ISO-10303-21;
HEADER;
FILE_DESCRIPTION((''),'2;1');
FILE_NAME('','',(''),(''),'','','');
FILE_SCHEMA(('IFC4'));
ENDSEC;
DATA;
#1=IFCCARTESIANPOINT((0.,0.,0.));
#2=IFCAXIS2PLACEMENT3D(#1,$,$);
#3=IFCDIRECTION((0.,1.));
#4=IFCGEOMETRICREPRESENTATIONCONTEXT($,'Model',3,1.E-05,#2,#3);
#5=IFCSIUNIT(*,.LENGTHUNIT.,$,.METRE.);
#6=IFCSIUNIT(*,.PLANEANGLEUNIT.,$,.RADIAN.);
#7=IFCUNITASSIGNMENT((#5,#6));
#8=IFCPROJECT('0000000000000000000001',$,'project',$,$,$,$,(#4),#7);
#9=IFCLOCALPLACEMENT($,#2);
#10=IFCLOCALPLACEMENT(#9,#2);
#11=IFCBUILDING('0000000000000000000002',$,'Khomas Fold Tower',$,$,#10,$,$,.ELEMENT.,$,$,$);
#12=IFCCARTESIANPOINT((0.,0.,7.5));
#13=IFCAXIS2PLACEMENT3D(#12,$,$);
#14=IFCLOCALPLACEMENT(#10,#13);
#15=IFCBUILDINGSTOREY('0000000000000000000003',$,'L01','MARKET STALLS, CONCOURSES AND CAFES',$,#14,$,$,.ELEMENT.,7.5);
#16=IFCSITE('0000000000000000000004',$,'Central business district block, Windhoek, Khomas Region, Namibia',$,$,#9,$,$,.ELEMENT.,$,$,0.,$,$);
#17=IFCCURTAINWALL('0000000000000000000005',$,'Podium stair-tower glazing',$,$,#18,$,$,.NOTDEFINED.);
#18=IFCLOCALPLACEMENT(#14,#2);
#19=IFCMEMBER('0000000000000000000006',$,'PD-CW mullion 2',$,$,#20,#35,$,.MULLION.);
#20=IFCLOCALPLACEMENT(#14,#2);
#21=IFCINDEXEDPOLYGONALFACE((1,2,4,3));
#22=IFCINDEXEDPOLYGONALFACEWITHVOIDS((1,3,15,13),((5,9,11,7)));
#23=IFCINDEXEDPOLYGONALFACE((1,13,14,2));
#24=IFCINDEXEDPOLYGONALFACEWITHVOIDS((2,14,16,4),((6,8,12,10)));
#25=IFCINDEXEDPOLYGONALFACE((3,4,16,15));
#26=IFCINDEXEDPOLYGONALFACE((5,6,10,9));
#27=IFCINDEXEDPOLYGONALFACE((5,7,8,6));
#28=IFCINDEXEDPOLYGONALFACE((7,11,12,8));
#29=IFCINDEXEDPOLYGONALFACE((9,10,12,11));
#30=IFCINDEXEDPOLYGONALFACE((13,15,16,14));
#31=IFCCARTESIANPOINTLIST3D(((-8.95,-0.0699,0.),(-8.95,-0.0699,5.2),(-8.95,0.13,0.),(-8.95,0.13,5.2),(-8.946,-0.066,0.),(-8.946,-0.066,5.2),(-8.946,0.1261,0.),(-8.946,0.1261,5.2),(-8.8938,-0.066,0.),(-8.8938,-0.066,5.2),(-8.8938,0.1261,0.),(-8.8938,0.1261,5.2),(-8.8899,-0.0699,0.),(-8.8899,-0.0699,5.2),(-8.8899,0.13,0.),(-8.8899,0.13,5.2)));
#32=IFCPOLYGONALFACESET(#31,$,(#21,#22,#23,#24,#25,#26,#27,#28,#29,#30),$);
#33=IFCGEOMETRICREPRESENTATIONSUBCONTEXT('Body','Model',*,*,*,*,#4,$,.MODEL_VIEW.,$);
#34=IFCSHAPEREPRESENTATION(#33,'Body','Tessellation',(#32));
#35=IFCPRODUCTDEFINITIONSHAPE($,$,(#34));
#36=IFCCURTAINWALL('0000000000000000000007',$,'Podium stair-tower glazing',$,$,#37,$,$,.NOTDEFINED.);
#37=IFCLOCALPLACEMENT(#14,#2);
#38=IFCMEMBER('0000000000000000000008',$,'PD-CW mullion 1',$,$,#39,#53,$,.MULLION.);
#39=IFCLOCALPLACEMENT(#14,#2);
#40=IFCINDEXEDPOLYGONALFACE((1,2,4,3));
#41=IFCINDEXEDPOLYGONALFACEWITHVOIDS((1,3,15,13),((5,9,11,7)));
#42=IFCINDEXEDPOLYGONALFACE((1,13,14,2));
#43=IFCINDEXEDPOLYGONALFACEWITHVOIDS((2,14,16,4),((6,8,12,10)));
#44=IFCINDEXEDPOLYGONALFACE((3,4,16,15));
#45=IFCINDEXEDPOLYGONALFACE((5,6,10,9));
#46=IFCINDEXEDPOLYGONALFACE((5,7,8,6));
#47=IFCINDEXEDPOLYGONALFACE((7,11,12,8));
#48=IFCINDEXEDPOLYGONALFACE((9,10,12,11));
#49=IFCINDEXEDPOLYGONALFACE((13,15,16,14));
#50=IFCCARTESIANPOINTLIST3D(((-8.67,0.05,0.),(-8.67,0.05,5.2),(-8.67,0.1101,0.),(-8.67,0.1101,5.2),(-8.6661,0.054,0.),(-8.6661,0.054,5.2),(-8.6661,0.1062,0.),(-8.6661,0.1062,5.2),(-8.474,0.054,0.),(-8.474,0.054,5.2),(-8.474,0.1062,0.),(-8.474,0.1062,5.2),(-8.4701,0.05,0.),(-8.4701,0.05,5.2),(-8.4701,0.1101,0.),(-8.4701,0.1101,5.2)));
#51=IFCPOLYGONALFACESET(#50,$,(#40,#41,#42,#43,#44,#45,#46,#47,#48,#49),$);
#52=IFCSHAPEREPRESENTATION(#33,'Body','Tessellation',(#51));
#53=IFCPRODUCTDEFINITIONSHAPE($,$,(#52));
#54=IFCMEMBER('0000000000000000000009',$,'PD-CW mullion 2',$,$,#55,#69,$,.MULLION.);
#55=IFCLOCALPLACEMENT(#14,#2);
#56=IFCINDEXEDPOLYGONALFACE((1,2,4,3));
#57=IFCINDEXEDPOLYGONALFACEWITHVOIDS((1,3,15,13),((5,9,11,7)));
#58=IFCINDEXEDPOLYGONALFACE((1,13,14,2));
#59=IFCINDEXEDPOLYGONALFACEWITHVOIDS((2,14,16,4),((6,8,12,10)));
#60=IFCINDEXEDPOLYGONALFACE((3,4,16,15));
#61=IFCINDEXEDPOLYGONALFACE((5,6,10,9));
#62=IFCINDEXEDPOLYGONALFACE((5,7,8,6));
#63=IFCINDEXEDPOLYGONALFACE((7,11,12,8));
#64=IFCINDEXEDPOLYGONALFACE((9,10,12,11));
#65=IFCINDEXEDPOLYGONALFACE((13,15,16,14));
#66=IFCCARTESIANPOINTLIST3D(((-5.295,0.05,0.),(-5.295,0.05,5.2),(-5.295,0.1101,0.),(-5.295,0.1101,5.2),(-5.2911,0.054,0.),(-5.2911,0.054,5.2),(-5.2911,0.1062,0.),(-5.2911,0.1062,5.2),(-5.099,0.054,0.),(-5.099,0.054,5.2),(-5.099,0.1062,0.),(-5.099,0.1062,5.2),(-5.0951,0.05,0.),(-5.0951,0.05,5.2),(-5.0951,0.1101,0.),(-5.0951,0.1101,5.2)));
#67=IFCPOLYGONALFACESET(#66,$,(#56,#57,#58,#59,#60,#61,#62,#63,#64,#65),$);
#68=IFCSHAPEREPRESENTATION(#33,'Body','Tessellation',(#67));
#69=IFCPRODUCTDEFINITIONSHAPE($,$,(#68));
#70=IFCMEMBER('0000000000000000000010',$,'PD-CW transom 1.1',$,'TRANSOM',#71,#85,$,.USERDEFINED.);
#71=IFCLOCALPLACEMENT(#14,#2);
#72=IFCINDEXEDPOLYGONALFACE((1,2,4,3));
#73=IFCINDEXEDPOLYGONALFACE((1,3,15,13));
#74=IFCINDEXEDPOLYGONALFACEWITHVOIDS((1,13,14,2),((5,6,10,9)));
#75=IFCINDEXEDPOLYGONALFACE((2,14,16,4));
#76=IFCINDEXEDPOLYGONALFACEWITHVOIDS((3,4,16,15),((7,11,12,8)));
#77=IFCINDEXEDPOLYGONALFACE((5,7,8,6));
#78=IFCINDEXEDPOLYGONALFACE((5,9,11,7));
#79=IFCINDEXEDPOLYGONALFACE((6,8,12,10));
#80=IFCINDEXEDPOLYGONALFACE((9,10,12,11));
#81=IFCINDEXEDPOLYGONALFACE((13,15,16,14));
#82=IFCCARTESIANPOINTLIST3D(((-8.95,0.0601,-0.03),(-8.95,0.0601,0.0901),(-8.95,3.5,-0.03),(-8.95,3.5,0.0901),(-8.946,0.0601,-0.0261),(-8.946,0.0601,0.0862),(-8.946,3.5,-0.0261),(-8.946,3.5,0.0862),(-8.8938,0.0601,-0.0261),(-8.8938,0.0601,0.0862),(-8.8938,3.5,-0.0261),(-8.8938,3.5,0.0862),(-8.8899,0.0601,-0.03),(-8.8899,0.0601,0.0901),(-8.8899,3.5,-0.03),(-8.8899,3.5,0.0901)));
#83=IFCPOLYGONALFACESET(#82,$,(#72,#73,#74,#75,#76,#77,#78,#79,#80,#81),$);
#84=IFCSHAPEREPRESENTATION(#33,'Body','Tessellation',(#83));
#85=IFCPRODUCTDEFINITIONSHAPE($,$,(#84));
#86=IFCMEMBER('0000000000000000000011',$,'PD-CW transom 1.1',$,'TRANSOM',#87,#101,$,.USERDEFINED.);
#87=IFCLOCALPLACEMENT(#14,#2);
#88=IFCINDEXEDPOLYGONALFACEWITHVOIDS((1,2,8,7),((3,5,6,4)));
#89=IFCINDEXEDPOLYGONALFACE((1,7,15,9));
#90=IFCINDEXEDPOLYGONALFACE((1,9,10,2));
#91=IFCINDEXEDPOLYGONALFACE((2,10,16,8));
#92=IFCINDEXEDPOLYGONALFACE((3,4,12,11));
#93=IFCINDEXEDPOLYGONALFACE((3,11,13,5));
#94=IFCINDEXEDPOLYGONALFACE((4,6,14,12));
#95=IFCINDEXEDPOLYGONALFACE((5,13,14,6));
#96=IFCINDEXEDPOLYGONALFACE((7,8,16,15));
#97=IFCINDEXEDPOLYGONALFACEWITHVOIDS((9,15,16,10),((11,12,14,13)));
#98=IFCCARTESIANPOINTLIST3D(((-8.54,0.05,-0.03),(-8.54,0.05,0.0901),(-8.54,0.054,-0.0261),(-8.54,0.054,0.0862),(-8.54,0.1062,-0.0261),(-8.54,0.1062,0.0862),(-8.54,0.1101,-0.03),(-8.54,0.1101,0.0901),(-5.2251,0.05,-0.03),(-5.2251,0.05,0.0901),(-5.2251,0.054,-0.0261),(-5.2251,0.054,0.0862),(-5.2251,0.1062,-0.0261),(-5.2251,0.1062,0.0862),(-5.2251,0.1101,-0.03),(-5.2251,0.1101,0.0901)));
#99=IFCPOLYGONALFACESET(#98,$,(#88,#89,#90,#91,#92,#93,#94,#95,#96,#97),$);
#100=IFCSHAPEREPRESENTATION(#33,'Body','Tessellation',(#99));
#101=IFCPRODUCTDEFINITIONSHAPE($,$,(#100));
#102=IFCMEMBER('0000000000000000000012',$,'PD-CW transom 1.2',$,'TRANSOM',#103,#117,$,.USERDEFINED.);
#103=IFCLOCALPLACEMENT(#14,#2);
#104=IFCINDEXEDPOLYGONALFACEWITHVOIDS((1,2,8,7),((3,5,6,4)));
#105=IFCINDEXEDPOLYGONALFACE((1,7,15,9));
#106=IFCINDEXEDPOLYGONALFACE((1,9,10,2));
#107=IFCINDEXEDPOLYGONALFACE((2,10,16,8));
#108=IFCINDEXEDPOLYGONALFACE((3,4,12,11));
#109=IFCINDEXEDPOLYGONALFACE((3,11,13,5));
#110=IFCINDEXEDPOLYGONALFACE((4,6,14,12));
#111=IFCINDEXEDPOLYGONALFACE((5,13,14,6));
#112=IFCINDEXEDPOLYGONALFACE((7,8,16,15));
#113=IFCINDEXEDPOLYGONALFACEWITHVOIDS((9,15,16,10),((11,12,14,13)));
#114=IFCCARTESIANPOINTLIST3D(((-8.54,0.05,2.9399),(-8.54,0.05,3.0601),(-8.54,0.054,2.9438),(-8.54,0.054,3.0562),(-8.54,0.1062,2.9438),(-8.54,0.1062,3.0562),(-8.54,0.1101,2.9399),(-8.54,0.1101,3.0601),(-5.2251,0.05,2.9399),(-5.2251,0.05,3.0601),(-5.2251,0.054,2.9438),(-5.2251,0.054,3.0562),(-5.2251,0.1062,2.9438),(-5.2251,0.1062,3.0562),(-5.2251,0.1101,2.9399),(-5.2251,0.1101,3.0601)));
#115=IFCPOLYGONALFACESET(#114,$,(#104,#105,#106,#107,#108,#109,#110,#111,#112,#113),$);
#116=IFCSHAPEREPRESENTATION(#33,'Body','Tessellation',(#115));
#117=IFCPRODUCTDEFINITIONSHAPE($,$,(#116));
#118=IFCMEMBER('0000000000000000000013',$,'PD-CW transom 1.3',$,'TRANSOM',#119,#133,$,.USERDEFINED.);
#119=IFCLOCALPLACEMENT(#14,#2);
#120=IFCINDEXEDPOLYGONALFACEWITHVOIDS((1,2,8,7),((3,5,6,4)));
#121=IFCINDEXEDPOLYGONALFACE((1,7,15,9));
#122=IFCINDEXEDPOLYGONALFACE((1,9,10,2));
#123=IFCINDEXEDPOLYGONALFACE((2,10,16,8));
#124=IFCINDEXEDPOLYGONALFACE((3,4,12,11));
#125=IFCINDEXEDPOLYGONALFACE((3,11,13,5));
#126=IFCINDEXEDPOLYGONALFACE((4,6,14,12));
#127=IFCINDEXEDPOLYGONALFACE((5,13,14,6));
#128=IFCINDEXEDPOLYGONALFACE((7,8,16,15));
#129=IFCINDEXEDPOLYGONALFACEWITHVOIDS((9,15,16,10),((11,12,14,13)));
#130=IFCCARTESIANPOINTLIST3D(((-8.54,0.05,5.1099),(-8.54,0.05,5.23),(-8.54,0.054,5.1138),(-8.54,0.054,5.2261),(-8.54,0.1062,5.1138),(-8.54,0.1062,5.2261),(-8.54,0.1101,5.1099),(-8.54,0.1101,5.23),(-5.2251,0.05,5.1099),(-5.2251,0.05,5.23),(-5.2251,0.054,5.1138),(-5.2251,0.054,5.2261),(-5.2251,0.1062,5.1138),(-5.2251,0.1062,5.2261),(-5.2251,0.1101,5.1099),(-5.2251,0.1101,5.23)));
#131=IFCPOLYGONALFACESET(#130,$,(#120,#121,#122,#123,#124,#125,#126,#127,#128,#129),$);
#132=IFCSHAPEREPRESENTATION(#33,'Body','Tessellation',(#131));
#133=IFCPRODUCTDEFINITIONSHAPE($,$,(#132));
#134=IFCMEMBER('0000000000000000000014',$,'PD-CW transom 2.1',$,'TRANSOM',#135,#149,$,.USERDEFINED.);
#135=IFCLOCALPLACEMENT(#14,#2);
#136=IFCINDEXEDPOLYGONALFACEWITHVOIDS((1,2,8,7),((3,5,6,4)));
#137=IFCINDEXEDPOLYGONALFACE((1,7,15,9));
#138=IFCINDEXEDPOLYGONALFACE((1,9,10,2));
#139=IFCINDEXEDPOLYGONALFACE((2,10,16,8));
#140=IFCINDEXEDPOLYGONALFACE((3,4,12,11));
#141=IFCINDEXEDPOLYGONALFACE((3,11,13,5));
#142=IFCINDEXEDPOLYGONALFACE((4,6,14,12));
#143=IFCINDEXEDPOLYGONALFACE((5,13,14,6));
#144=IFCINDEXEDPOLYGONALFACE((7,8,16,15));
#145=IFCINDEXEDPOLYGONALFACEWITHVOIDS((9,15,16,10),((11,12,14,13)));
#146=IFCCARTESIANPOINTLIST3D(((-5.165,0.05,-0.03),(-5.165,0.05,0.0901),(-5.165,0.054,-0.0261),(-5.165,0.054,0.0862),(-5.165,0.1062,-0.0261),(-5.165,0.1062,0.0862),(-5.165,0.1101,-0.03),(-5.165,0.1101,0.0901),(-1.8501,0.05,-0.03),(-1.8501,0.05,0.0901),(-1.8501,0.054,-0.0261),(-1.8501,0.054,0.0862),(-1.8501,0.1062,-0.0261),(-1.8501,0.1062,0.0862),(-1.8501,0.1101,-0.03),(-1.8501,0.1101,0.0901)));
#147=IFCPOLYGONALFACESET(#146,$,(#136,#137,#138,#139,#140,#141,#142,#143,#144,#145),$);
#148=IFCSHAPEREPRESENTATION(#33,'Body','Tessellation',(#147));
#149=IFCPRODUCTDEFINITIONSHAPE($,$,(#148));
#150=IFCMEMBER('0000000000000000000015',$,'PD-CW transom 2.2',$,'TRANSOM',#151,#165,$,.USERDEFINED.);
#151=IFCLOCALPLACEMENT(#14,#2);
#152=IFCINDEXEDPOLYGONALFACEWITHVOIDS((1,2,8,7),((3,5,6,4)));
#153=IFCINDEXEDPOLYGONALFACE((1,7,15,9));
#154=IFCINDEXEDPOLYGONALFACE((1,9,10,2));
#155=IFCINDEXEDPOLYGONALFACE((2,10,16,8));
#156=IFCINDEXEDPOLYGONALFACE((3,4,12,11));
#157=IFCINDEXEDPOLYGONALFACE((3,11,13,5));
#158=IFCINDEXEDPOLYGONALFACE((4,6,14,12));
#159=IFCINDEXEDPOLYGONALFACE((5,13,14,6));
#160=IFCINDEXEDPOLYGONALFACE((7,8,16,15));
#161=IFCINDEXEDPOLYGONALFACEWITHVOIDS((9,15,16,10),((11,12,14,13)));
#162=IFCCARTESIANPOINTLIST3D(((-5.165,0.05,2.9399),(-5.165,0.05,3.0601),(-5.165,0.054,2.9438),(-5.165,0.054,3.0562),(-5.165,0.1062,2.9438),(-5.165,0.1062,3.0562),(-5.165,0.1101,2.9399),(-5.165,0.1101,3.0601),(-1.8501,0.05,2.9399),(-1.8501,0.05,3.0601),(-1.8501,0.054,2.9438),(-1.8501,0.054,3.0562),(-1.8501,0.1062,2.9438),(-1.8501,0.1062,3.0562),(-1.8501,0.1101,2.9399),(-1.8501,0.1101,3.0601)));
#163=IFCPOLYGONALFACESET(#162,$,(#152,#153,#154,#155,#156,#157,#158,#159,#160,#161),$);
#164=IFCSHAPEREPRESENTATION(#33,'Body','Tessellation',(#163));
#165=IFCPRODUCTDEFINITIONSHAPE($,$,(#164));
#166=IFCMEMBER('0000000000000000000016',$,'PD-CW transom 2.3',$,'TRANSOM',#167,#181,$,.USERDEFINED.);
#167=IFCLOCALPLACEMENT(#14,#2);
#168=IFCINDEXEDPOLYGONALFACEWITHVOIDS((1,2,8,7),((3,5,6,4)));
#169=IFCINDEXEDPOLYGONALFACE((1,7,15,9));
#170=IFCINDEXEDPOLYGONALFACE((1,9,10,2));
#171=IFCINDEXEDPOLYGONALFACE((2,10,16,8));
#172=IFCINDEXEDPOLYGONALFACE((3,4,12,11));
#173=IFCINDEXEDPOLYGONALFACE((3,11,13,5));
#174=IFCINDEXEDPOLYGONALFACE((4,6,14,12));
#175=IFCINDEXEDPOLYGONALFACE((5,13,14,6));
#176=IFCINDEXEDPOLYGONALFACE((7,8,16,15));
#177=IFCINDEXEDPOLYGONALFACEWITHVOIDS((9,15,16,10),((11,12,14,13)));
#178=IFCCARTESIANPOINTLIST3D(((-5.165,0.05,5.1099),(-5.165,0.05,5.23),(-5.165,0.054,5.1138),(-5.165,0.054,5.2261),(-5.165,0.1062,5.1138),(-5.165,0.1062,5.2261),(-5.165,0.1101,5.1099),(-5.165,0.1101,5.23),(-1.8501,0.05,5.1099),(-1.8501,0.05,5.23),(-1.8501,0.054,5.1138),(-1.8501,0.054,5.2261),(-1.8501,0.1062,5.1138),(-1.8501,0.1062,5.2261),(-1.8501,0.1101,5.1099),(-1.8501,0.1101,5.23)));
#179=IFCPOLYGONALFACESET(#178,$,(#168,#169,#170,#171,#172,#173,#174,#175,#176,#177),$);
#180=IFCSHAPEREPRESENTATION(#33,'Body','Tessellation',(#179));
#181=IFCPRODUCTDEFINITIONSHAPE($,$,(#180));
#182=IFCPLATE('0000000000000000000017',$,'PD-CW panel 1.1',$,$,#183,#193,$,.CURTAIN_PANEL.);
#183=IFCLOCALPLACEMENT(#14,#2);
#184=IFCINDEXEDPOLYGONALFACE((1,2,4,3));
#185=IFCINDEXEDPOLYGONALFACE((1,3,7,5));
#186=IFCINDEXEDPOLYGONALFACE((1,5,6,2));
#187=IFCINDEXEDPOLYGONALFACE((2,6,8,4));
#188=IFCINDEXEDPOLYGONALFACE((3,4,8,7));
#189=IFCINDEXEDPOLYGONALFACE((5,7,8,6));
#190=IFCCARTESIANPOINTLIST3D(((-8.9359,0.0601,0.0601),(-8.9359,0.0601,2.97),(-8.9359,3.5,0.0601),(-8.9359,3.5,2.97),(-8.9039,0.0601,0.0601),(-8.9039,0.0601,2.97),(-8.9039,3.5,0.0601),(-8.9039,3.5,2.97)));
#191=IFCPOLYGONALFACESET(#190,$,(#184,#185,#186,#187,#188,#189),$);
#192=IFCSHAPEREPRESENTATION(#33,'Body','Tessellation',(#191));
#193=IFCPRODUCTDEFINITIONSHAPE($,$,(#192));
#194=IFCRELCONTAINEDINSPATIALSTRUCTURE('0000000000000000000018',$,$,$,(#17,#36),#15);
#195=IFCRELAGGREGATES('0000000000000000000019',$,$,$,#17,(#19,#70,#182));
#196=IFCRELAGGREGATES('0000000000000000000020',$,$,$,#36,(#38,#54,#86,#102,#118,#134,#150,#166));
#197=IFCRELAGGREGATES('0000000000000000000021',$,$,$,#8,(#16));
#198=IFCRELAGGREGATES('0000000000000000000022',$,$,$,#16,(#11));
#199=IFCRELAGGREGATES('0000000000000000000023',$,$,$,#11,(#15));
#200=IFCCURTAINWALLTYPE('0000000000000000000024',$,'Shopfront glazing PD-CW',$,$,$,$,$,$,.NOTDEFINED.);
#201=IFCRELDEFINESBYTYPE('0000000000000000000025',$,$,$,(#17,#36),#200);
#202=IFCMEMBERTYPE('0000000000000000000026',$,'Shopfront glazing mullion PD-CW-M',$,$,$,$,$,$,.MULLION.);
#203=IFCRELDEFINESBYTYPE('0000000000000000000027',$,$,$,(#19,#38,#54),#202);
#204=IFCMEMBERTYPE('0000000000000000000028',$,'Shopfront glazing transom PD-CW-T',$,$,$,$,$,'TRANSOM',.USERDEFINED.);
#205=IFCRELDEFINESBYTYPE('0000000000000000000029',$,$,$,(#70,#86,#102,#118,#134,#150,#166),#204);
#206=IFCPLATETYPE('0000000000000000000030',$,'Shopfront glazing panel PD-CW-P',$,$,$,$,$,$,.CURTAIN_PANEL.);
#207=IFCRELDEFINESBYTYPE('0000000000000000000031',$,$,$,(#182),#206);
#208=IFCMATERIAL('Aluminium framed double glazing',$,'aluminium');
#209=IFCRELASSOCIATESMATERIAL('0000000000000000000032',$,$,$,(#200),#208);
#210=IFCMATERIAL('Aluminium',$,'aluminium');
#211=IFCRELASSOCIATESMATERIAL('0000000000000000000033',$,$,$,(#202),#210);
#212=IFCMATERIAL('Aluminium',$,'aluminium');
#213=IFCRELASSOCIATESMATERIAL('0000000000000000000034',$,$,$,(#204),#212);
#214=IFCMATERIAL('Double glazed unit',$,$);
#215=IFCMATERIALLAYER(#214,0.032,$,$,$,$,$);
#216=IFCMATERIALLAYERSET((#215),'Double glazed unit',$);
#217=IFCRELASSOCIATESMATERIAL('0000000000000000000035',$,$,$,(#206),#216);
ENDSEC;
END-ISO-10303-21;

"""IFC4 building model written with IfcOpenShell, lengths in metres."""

from ifc_helpers import new_model, si_unit, direction, frame, origin, origin_2d, place, context, subcontext, project, spatial, rectangle, hollow_rectangle, extrude, source, transform, mapped, material, layer, layer_set, material_profile, profile_set, type_object, element, aggregate, save


model = new_model("IFC4")

# Units and contexts
model_context = context("Model", 3, precision=1e-05, world=origin(), true_north=direction((0.0, 1.0)))
body_context = subcontext(model_context, "Body", "Model", "MODEL_VIEW")
ifc_project = project(units=[si_unit("LENGTHUNIT", "METRE"), si_unit("PLANEANGLEUNIT", "RADIAN")], contexts=[model_context])

# Site, building, storey
site_placement = place(None, origin())
site = spatial("IfcSite", under=ifc_project, at=site_placement, Name="Central business district block, Windhoek, Khomas Region, Namibia", CompositionType="ELEMENT", RefElevation=0.0)
building_placement = place(site_placement, origin())
building = spatial("IfcBuilding", under=site, at=building_placement, Name="Khomas Fold Tower", CompositionType="ELEMENT")
storey_placement = place(building_placement, frame((0.0, 0.0, 7.5)))
storey = spatial("IfcBuildingStorey", under=building, at=storey_placement, Name="L01", Description="MARKET STALLS, CONCOURSES AND CAFES", CompositionType="ELEMENT", Elevation=7.5)

# Curtain wall, member
ifc_material_1 = material(Name="Aluminium framed double glazing", Category="aluminium")
curtain_wall_type = type_object("IfcCurtainWallType", Name="Shopfront glazing PD-CW", PredefinedType="NOTDEFINED", material=ifc_material_1)
curtain_wall_1_placement = place(storey_placement, origin())
curtain_wall_1 = element("IfcCurtainWall", 1, at=curtain_wall_1_placement, inside=storey, type_object=curtain_wall_type, Name="Podium stair-tower glazing", PredefinedType="NOTDEFINED")
ifc_material_2 = material(Name="Aluminium", Category="aluminium")
ifc_material_profile_1 = material_profile(ifc_material_2, hollow_rectangle(XDim=0.0601, YDim=0.2, WallThickness=0.0039, at=origin_2d()), Name="Shopfront glazing mullion PD-CW-M")
ifc_profile_set_1 = profile_set([ifc_material_profile_1], Name="Aluminium")
member_type_1 = type_object("IfcMemberType", Name="Shopfront glazing mullion PD-CW-M", PredefinedType="MULLION", material=ifc_profile_set_1)
shared_shape_1 = source(origin(), body_context, "Body", "SweptSolid", [
    extrude(hollow_rectangle(XDim=0.0601, YDim=0.2, WallThickness=0.0039, at=origin_2d()), origin(), (0.0, 0.0, 1.0), 5.2),
])
member_1_placement = place(storey_placement, frame((-8.9199, 0.03, 0.0), z_axis=(0.0, 0.0, 1.0), x_axis=(1.0, 0.0, 0.0)))
member_1 = element("IfcMember", 2, at=member_1_placement, type_object=member_type_1, Name="PD-CW mullion 2", PredefinedType="MULLION", context=body_context, shape_type="MappedRepresentation", body=[
    mapped(shared_shape_1, transform((0.0, 0.0, 0.0))),
])

# Curtain wall, members
curtain_wall_2_placement = place(storey_placement, origin())
curtain_wall_2 = element("IfcCurtainWall", 3, at=curtain_wall_2_placement, inside=storey, type_object=curtain_wall_type, Name="Podium stair-tower glazing", PredefinedType="NOTDEFINED")
member_2_placement = place(storey_placement, frame((-8.5701, 0.0801, 0.0), z_axis=(0.0, 0.0, 1.0), x_axis=(0.0, 1.0, 0.0)))
member_2 = element("IfcMember", 4, at=member_2_placement, type_object=member_type_1, Name="PD-CW mullion 1", PredefinedType="MULLION", context=body_context, shape_type="MappedRepresentation", body=[
    mapped(shared_shape_1, transform((0.0, 0.0, 0.0))),
])
member_3_placement = place(storey_placement, frame((-5.1951, 0.0801, 0.0), z_axis=(0.0, 0.0, 1.0), x_axis=(0.0, 1.0, 0.0)))
member_3 = element("IfcMember", 5, at=member_3_placement, type_object=member_type_1, Name="PD-CW mullion 2", PredefinedType="MULLION", context=body_context, shape_type="MappedRepresentation", body=[
    mapped(shared_shape_1, transform((0.0, 0.0, 0.0))),
])

# Members
ifc_material_3 = material(Name="Aluminium", Category="aluminium")
ifc_material_profile_2 = material_profile(ifc_material_3, hollow_rectangle(XDim=0.0601, YDim=0.1201, WallThickness=0.0039, at=origin_2d()), Name="Shopfront glazing transom PD-CW-T")
ifc_profile_set_2 = profile_set([ifc_material_profile_2], Name="Aluminium")
member_type_2 = type_object("IfcMemberType", Name="Shopfront glazing transom PD-CW-T", ElementType="TRANSOM", PredefinedType="USERDEFINED", material=ifc_profile_set_2)
shared_shape_2 = source(origin(), body_context, "Body", "SweptSolid", [
    extrude(hollow_rectangle(XDim=0.0601, YDim=0.1201, WallThickness=0.0039, at=origin_2d()), origin(), (0.0, 0.0, 1.0), 3.4399),
])
member_4_placement = place(storey_placement, frame((-8.9199, 3.5, 0.03), z_axis=(0.0, -1.0, 0.0), x_axis=(1.0, 0.0, 0.0)))
member_4 = element("IfcMember", 6, at=member_4_placement, type_object=member_type_2, Name="PD-CW transom 1.1", ObjectType="TRANSOM", PredefinedType="USERDEFINED", context=body_context, shape_type="MappedRepresentation", body=[
    mapped(shared_shape_2, transform((0.0, 0.0, 0.0))),
])
shared_shape_3 = source(origin(), body_context, "Body", "SweptSolid", [
    extrude(hollow_rectangle(XDim=0.0601, YDim=0.1201, WallThickness=0.0039, at=origin_2d()), origin(), (0.0, 0.0, 1.0), 3.3149),
])
member_5_placement = place(storey_placement, frame((-8.54, 0.0801, 0.03), z_axis=(1.0, 0.0, 0.0), x_axis=(0.0, 1.0, 0.0)))
member_5 = element("IfcMember", 7, at=member_5_placement, type_object=member_type_2, Name="PD-CW transom 1.1", ObjectType="TRANSOM", PredefinedType="USERDEFINED", context=body_context, shape_type="MappedRepresentation", body=[
    mapped(shared_shape_3, transform((0.0, 0.0, 0.0))),
])
member_6_placement = place(storey_placement, frame((-8.54, 0.0801, 3.0), z_axis=(1.0, 0.0, 0.0), x_axis=(0.0, 1.0, 0.0)))
member_6 = element("IfcMember", 8, at=member_6_placement, type_object=member_type_2, Name="PD-CW transom 1.2", ObjectType="TRANSOM", PredefinedType="USERDEFINED", context=body_context, shape_type="MappedRepresentation", body=[
    mapped(shared_shape_3, transform((0.0, 0.0, 0.0))),
])
member_7_placement = place(storey_placement, frame((-8.54, 0.0801, 5.1699), z_axis=(1.0, 0.0, 0.0), x_axis=(0.0, 1.0, 0.0)))
member_7 = element("IfcMember", 9, at=member_7_placement, type_object=member_type_2, Name="PD-CW transom 1.3", ObjectType="TRANSOM", PredefinedType="USERDEFINED", context=body_context, shape_type="MappedRepresentation", body=[
    mapped(shared_shape_3, transform((0.0, 0.0, 0.0))),
])
member_8_placement = place(storey_placement, frame((-5.165, 0.0801, 0.03), z_axis=(1.0, 0.0, 0.0), x_axis=(0.0, 1.0, 0.0)))
member_8 = element("IfcMember", 10, at=member_8_placement, type_object=member_type_2, Name="PD-CW transom 2.1", ObjectType="TRANSOM", PredefinedType="USERDEFINED", context=body_context, shape_type="MappedRepresentation", body=[
    mapped(shared_shape_3, transform((0.0, 0.0, 0.0))),
])
member_9_placement = place(storey_placement, frame((-5.165, 0.0801, 3.0), z_axis=(1.0, 0.0, 0.0), x_axis=(0.0, 1.0, 0.0)))
member_9 = element("IfcMember", 11, at=member_9_placement, type_object=member_type_2, Name="PD-CW transom 2.2", ObjectType="TRANSOM", PredefinedType="USERDEFINED", context=body_context, shape_type="MappedRepresentation", body=[
    mapped(shared_shape_3, transform((0.0, 0.0, 0.0))),
])
member_10_placement = place(storey_placement, frame((-5.165, 0.0801, 5.1699), z_axis=(1.0, 0.0, 0.0), x_axis=(0.0, 1.0, 0.0)))
member_10 = element("IfcMember", 12, at=member_10_placement, type_object=member_type_2, Name="PD-CW transom 2.3", ObjectType="TRANSOM", PredefinedType="USERDEFINED", context=body_context, shape_type="MappedRepresentation", body=[
    mapped(shared_shape_3, transform((0.0, 0.0, 0.0))),
])

# Plate
ifc_material_4 = material(Name="Double glazed unit")
ifc_layer_1 = layer(ifc_material_4, 0.032)
ifc_layer_set_1 = layer_set([ifc_layer_1], Name="Double glazed unit")
plate_type = type_object("IfcPlateType", Name="Shopfront glazing panel PD-CW-P", PredefinedType="CURTAIN_PANEL", material=ifc_layer_set_1)
shared_shape_4 = source(origin(), body_context, "Body", "SweptSolid", [
    extrude(rectangle(XDim=3.4399, YDim=0.032, at=origin_2d()), origin(), (0.0, 0.0, 1.0), 2.9099),
])
plate_1_placement = place(storey_placement, frame((-8.9199, 1.78, 0.0601), z_axis=(0.0, 0.0, 1.0), x_axis=(0.0, -1.0, 0.0)))
plate_1 = element("IfcPlate", 13, at=plate_1_placement, type_object=plate_type, Name="PD-CW panel 1.1", PredefinedType="CURTAIN_PANEL", context=body_context, shape_type="MappedRepresentation", body=[
    mapped(shared_shape_4, transform((0.0, 0.0, 0.0))),
])
aggregate(curtain_wall_1, [member_1, member_4, plate_1])
aggregate(curtain_wall_2, [member_2, member_3, member_5, member_6, member_7, member_8, member_9, member_10])

save(model, "model.ifc")
